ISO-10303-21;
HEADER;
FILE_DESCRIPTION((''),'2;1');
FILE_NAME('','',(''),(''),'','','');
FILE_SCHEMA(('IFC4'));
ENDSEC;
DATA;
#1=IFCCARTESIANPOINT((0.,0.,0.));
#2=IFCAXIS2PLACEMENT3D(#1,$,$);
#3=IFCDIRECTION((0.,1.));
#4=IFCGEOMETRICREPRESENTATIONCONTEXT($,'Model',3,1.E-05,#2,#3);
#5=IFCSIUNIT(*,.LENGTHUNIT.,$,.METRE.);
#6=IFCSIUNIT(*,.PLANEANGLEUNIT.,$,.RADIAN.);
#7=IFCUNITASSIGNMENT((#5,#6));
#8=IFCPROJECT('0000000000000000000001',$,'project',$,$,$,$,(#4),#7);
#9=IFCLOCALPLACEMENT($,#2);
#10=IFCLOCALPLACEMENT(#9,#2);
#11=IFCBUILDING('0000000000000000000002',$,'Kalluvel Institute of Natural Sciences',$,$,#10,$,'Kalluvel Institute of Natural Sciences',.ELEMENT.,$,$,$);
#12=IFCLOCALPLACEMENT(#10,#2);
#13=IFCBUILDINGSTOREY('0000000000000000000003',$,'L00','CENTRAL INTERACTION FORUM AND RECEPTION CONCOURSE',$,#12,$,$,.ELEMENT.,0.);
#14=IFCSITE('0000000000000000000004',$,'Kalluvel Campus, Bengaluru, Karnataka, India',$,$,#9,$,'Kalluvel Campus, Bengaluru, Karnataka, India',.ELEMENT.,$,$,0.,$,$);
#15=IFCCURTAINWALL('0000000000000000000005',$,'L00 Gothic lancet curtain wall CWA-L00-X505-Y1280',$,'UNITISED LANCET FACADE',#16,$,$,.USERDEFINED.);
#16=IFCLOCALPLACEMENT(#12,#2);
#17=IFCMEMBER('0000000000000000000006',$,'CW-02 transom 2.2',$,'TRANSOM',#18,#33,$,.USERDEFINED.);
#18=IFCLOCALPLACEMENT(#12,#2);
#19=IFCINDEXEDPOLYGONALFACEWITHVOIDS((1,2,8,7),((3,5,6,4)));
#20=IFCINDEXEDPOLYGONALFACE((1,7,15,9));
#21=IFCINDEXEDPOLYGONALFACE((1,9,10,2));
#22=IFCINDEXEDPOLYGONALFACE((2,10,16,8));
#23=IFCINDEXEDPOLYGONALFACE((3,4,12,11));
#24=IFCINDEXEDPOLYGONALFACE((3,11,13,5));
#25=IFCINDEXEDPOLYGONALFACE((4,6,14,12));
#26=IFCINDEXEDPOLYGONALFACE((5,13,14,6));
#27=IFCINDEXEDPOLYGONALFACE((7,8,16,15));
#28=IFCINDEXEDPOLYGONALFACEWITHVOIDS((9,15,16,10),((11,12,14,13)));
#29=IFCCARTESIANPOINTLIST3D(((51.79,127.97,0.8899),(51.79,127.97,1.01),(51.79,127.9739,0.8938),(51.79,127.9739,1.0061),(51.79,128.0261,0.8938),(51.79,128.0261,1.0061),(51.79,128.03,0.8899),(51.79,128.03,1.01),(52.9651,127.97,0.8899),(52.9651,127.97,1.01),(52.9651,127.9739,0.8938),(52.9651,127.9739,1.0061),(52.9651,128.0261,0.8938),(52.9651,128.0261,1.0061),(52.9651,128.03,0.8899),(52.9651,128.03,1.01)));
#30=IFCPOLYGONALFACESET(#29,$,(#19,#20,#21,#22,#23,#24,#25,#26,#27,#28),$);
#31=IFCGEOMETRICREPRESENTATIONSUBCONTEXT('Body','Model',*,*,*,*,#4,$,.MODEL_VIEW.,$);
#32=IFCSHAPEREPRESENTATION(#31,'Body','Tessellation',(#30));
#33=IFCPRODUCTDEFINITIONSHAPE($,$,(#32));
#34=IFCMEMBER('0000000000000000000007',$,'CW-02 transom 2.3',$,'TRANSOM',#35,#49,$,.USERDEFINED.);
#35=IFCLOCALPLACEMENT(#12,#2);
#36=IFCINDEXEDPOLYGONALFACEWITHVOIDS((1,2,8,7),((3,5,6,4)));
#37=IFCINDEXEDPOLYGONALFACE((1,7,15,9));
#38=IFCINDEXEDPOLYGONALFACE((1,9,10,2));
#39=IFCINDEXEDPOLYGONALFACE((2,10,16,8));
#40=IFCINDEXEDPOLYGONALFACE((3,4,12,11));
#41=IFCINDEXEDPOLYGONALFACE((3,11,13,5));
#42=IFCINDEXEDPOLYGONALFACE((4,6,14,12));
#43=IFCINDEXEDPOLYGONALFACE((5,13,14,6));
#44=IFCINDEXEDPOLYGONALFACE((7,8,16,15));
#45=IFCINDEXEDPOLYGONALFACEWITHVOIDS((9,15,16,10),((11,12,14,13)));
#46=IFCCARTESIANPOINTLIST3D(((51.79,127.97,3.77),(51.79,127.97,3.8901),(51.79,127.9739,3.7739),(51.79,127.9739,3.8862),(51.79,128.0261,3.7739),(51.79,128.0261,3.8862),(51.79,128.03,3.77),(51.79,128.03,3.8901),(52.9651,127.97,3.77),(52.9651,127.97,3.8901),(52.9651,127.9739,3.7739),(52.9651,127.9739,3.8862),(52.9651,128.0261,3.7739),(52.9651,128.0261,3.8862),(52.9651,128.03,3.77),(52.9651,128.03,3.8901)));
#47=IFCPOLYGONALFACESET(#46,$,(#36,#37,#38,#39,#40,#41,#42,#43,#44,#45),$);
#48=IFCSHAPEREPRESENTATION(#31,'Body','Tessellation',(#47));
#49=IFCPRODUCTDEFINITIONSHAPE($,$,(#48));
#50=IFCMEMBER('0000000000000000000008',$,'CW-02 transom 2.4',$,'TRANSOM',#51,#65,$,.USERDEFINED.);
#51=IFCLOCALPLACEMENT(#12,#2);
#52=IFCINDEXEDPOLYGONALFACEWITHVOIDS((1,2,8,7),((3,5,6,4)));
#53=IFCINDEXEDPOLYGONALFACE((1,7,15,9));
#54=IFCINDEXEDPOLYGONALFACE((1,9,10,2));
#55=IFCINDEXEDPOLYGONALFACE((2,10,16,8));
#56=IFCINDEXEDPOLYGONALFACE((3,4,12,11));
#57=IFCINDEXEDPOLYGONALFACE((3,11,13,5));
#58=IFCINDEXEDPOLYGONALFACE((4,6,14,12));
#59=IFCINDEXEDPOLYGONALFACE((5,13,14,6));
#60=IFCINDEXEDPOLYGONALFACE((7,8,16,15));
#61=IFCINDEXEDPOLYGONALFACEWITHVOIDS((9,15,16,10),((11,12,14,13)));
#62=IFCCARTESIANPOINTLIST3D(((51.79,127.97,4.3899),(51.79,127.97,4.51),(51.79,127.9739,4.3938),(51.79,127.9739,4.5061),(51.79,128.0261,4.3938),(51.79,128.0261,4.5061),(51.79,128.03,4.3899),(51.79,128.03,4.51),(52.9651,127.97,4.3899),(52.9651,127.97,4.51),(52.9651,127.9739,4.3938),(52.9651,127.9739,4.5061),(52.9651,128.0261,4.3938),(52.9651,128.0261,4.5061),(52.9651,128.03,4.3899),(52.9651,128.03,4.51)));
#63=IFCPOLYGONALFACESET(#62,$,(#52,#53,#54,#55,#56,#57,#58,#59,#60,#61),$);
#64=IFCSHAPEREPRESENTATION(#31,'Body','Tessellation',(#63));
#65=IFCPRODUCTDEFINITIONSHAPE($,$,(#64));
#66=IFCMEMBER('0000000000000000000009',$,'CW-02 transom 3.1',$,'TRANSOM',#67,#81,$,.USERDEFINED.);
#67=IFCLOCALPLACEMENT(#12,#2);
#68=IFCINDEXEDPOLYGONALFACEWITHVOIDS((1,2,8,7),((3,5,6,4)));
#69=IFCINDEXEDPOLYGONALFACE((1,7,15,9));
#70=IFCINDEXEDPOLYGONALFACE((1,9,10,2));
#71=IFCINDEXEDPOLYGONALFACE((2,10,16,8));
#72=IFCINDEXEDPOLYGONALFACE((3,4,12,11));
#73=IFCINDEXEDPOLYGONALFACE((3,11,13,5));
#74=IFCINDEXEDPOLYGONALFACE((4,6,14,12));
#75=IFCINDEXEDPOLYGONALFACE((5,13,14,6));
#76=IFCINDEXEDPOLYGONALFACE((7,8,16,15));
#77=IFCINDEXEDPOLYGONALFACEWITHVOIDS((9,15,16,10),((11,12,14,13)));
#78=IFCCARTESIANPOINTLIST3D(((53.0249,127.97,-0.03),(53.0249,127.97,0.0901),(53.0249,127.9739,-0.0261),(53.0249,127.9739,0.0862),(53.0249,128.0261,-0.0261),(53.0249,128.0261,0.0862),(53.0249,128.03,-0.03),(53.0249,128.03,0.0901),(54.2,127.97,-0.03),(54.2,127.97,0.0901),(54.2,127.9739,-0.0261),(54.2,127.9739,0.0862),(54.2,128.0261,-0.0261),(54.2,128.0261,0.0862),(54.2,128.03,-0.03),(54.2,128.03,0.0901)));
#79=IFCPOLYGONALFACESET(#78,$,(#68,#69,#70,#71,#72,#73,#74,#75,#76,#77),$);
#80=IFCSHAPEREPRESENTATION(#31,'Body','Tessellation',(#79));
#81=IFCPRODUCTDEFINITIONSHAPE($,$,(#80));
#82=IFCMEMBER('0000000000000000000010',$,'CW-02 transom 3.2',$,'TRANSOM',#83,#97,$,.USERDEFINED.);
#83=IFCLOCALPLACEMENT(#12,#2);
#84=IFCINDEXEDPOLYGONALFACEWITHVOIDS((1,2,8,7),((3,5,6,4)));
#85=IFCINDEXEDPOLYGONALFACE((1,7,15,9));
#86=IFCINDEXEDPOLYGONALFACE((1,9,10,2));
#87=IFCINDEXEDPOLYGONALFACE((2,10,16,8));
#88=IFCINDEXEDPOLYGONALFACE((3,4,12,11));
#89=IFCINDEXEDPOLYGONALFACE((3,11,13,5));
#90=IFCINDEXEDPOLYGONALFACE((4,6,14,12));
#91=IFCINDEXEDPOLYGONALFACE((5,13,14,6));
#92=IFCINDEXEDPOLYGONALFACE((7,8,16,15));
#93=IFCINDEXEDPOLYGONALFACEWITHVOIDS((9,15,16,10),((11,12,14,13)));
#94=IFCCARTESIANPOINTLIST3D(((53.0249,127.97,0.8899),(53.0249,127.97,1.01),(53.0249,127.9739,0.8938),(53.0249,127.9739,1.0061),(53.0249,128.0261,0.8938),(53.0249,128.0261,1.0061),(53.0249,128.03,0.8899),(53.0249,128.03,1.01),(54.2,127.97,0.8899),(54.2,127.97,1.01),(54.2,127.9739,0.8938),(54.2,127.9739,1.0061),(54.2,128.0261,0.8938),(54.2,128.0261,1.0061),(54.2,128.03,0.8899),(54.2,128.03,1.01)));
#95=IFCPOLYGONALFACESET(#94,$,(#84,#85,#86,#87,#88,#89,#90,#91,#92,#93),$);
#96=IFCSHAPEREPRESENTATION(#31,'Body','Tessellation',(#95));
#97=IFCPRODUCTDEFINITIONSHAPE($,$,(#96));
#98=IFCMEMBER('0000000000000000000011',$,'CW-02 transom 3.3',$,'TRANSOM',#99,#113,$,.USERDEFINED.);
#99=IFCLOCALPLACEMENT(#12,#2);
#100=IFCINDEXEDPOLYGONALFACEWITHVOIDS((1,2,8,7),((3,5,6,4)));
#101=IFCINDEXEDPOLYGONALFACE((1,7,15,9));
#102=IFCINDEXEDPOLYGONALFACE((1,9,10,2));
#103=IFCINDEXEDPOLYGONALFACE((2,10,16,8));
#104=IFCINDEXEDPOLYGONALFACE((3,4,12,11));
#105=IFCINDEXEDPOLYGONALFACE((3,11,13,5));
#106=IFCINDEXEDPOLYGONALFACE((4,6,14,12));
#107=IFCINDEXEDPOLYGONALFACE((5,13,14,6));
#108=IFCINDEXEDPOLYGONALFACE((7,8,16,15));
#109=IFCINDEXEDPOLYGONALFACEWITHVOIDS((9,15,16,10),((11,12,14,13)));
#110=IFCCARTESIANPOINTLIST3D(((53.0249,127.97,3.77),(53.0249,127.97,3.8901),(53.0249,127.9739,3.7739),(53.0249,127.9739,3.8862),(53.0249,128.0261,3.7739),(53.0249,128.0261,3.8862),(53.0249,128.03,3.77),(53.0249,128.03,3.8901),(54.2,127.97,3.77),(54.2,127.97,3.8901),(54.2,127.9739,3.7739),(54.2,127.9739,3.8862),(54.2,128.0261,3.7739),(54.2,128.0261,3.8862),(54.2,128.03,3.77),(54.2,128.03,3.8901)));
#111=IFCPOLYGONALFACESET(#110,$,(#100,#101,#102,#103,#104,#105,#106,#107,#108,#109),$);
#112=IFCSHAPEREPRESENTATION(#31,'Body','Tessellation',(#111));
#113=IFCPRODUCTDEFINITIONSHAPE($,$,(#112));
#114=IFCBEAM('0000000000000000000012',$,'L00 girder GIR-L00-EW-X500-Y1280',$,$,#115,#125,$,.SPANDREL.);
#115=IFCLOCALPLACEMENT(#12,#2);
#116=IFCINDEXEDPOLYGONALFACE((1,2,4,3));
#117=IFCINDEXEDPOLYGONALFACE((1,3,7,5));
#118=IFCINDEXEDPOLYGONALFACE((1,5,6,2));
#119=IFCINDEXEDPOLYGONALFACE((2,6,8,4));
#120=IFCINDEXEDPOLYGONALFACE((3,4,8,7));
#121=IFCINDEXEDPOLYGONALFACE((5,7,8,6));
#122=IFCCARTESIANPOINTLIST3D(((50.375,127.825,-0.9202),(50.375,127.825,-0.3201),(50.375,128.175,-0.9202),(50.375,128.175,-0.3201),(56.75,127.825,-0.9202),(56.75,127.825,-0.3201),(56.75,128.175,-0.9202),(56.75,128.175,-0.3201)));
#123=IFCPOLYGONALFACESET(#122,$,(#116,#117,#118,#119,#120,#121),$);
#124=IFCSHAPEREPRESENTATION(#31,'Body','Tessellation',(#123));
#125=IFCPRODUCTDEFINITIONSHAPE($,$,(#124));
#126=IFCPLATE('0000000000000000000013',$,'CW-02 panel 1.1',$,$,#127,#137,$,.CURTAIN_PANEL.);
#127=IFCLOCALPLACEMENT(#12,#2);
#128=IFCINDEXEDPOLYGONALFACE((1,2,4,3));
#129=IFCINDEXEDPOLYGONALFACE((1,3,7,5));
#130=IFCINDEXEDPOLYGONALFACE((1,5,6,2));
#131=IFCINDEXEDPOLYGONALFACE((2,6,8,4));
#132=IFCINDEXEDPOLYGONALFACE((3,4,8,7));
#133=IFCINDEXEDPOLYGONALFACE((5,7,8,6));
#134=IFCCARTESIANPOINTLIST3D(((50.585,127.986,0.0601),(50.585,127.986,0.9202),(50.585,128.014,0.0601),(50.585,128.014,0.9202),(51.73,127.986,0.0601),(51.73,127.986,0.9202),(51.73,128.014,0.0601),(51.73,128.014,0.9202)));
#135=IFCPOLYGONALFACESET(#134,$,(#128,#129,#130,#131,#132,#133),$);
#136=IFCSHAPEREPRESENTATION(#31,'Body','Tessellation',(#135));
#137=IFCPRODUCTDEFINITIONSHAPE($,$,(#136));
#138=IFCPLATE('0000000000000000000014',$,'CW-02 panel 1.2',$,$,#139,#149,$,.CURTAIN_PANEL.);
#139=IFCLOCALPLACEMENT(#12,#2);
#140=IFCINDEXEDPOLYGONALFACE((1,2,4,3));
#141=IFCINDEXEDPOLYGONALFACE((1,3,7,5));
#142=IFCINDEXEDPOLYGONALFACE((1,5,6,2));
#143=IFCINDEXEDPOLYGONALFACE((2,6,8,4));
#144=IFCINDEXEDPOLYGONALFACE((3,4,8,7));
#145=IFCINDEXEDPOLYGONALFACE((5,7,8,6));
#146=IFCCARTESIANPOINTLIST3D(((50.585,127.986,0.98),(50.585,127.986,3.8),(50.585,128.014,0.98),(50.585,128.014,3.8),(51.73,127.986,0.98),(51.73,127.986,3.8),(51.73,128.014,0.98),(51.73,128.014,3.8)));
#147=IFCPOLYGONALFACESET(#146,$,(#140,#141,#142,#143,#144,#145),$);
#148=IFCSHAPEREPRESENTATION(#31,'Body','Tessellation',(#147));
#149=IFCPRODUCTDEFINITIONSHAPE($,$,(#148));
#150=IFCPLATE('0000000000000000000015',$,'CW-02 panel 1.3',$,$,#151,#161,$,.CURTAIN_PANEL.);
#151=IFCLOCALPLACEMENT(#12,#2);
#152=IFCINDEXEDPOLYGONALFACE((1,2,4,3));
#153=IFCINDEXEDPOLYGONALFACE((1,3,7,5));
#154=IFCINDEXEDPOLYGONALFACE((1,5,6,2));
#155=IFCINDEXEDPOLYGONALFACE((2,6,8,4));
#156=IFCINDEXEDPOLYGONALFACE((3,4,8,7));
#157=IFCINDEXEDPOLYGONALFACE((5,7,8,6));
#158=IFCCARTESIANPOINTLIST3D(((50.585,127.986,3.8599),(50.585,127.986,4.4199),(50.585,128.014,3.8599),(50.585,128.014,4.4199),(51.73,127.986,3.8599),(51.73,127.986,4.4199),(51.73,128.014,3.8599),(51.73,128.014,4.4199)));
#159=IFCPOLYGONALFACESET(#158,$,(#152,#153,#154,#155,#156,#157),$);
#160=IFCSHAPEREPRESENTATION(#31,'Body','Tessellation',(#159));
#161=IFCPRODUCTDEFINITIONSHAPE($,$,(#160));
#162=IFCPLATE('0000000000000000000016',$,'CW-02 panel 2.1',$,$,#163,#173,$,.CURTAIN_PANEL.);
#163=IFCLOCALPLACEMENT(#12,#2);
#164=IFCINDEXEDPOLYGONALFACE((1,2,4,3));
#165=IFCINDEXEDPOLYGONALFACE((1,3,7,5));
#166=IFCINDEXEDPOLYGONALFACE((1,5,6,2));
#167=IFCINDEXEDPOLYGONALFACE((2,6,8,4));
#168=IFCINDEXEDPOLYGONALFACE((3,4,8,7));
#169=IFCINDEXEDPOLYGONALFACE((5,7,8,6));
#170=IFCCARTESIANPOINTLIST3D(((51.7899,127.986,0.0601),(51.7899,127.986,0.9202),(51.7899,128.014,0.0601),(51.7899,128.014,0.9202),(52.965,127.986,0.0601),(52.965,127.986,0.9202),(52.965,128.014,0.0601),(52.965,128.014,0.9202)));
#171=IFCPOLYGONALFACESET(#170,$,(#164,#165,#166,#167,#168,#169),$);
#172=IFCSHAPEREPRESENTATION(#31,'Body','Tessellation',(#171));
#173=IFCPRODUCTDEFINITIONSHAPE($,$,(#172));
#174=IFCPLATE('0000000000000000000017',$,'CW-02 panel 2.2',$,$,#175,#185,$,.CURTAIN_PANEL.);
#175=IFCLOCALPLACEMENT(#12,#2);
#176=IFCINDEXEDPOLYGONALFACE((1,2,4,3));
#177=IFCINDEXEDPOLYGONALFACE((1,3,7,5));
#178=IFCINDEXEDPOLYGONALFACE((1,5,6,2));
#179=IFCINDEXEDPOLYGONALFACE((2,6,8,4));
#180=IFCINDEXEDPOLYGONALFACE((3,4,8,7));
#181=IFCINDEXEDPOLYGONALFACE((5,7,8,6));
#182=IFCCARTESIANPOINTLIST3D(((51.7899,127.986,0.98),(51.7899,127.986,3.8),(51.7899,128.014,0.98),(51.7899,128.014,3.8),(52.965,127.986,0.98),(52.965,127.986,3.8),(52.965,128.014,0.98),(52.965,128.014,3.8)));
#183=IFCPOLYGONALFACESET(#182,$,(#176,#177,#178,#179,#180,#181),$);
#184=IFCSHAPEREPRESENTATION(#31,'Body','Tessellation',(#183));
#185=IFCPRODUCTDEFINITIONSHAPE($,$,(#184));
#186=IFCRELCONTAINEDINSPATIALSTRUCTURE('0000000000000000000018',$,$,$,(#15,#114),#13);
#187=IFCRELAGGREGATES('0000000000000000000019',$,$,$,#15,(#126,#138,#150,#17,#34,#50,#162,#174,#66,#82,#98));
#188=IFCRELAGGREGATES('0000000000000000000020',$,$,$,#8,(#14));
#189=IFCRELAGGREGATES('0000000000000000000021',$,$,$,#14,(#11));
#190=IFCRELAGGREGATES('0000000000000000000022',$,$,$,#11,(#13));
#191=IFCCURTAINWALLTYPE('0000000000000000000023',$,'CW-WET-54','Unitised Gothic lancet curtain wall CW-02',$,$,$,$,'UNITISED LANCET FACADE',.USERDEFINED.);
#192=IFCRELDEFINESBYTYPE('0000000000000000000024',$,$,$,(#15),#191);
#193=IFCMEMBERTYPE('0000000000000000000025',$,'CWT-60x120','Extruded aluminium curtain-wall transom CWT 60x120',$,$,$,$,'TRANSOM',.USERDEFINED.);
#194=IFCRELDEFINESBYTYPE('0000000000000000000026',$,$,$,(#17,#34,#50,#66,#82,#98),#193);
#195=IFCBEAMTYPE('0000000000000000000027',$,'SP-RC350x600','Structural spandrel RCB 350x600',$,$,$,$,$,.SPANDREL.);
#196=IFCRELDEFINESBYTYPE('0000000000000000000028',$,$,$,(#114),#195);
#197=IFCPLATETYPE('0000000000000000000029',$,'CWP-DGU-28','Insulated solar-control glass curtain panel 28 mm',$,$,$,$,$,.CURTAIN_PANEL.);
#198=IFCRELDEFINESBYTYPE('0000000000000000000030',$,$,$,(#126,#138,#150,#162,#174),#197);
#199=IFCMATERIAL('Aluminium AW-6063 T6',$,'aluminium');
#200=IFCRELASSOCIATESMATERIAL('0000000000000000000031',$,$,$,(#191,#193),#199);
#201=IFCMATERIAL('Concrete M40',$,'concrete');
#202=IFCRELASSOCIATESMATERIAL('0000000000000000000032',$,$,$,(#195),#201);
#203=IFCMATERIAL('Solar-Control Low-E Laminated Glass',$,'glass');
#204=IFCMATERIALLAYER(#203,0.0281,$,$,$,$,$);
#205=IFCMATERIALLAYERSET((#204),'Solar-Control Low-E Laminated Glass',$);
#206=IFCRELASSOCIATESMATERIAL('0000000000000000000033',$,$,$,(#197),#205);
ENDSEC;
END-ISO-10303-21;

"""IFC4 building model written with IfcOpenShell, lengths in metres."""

from ifc_helpers import new_model, si_unit, direction, frame, origin, origin_2d, place, context, subcontext, project, spatial, rectangle, hollow_rectangle, extrude, material, layer, layer_set, material_profile, profile_set, type_object, element, aggregate, save


model = new_model("IFC4")

# Units and contexts
model_context = context("Model", 3, precision=1e-05, world=origin(), true_north=direction((0.0, 1.0)))
body_context = subcontext(model_context, "Body", "Model", "MODEL_VIEW")
ifc_project = project(units=[si_unit("LENGTHUNIT", "METRE"), si_unit("PLANEANGLEUNIT", "RADIAN")], contexts=[model_context])

# Site, building, storey
site_placement = place(None, origin())
site = spatial("IfcSite", under=ifc_project, at=site_placement, Name="Kalluvel Campus, Bengaluru, Karnataka, India", LongName="Kalluvel Campus, Bengaluru, Karnataka, India", CompositionType="ELEMENT", RefElevation=0.0)
building_placement = place(site_placement, origin())
building = spatial("IfcBuilding", under=site, at=building_placement, Name="Kalluvel Institute of Natural Sciences", LongName="Kalluvel Institute of Natural Sciences", CompositionType="ELEMENT")
storey_placement = place(building_placement, origin())
storey = spatial("IfcBuildingStorey", under=building, at=storey_placement, Name="L00", Description="CENTRAL INTERACTION FORUM AND RECEPTION CONCOURSE", CompositionType="ELEMENT", Elevation=0.0)

# Curtain wall, members
ifc_material_1 = material(Name="Aluminium AW-6063 T6", Category="aluminium")
curtain_wall_type = type_object("IfcCurtainWallType", Name="CW-WET-54", Description="Unitised Gothic lancet curtain wall CW-02", ElementType="UNITISED LANCET FACADE", PredefinedType="USERDEFINED", material=ifc_material_1)
curtain_wall_placement = place(storey_placement, origin())
curtain_wall = element("IfcCurtainWall", 1, at=curtain_wall_placement, inside=storey, type_object=curtain_wall_type, Name="L00 Gothic lancet curtain wall CWA-L00-X505-Y1280", ObjectType="UNITISED LANCET FACADE", PredefinedType="USERDEFINED")
ifc_material_profile_1 = material_profile(ifc_material_1, hollow_rectangle(XDim=0.0601, YDim=0.1201, WallThickness=0.0039, at=origin_2d()), Name="CWT 60x120")
ifc_profile_set_1 = profile_set([ifc_material_profile_1], Name="Aluminium AW-6063 T6")
member_type_1 = type_object("IfcMemberType", Name="CWT-60x120", Description="Extruded aluminium curtain-wall transom CWT 60x120", ElementType="TRANSOM", PredefinedType="USERDEFINED", material=ifc_profile_set_1)
member_1_placement = place(storey_placement, frame((51.79, 128.0, 0.95), z_axis=(1.0, 0.0, 0.0), x_axis=(0.0, 1.0, 0.0)))
member_1 = element("IfcMember", 2, at=member_1_placement, type_object=member_type_1, Name="CW-02 transom 2.2", ObjectType="TRANSOM", PredefinedType="USERDEFINED", context=body_context, shape_type="SweptSolid", body=[
    extrude(hollow_rectangle(XDim=0.0601, YDim=0.1201, WallThickness=0.0039, at=origin_2d()), origin(), (0.0, 0.0, 1.0), 1.175),
])
member_2_placement = place(storey_placement, frame((51.79, 128.0, 3.8301), z_axis=(1.0, 0.0, 0.0), x_axis=(0.0, 1.0, 0.0)))
member_2 = element("IfcMember", 3, at=member_2_placement, type_object=member_type_1, Name="CW-02 transom 2.3", ObjectType="TRANSOM", PredefinedType="USERDEFINED", context=body_context, shape_type="SweptSolid", body=[
    extrude(hollow_rectangle(XDim=0.0601, YDim=0.1201, WallThickness=0.0039, at=origin_2d()), origin(), (0.0, 0.0, 1.0), 1.175),
])
member_3_placement = place(storey_placement, frame((51.79, 128.0, 4.45), z_axis=(1.0, 0.0, 0.0), x_axis=(0.0, 1.0, 0.0)))
member_3 = element("IfcMember", 4, at=member_3_placement, type_object=member_type_1, Name="CW-02 transom 2.4", ObjectType="TRANSOM", PredefinedType="USERDEFINED", context=body_context, shape_type="SweptSolid", body=[
    extrude(hollow_rectangle(XDim=0.0601, YDim=0.1201, WallThickness=0.0039, at=origin_2d()), origin(), (0.0, 0.0, 1.0), 1.175),
])
member_4_placement = place(storey_placement, frame((53.0249, 128.0, 0.03), z_axis=(1.0, 0.0, 0.0), x_axis=(0.0, 1.0, 0.0)))
member_4 = element("IfcMember", 5, at=member_4_placement, type_object=member_type_1, Name="CW-02 transom 3.1", ObjectType="TRANSOM", PredefinedType="USERDEFINED", context=body_context, shape_type="SweptSolid", body=[
    extrude(hollow_rectangle(XDim=0.0601, YDim=0.1201, WallThickness=0.0039, at=origin_2d()), origin(), (0.0, 0.0, 1.0), 1.175),
])
member_5_placement = place(storey_placement, frame((53.0249, 128.0, 0.95), z_axis=(1.0, 0.0, 0.0), x_axis=(0.0, 1.0, 0.0)))
member_5 = element("IfcMember", 6, at=member_5_placement, type_object=member_type_1, Name="CW-02 transom 3.2", ObjectType="TRANSOM", PredefinedType="USERDEFINED", context=body_context, shape_type="SweptSolid", body=[
    extrude(hollow_rectangle(XDim=0.0601, YDim=0.1201, WallThickness=0.0039, at=origin_2d()), origin(), (0.0, 0.0, 1.0), 1.175),
])
member_6_placement = place(storey_placement, frame((53.0249, 128.0, 3.8301), z_axis=(1.0, 0.0, 0.0), x_axis=(0.0, 1.0, 0.0)))
member_6 = element("IfcMember", 7, at=member_6_placement, type_object=member_type_1, Name="CW-02 transom 3.3", ObjectType="TRANSOM", PredefinedType="USERDEFINED", context=body_context, shape_type="SweptSolid", body=[
    extrude(hollow_rectangle(XDim=0.0601, YDim=0.1201, WallThickness=0.0039, at=origin_2d()), origin(), (0.0, 0.0, 1.0), 1.175),
])

# Beam
ifc_material_2 = material(Name="Concrete M40", Category="concrete")
ifc_material_profile_2 = material_profile(ifc_material_2, rectangle(XDim=0.3501, YDim=0.6001, at=origin_2d()), Name="RCB 350x600")
ifc_profile_set_2 = profile_set([ifc_material_profile_2], Name="Concrete M40")
beam_type_1 = type_object("IfcBeamType", Name="SP-RC350x600", Description="Structural spandrel RCB 350x600", PredefinedType="SPANDREL", material=ifc_profile_set_2)
beam_1_placement = place(storey_placement, frame((50.375, 128.0, -0.6201), z_axis=(1.0, 0.0, 0.0), x_axis=(0.0, 1.0, 0.0)))
element("IfcBeam", 8, at=beam_1_placement, inside=storey, type_object=beam_type_1, Name="L00 girder GIR-L00-EW-X500-Y1280", PredefinedType="SPANDREL", context=body_context, shape_type="SweptSolid", body=[
    extrude(rectangle(XDim=0.3501, YDim=0.6001, at=origin_2d()), origin(), (0.0, 0.0, 1.0), 6.375),
])

# Plates
ifc_material_3 = material(Name="Solar-Control Low-E Laminated Glass", Category="glass")
ifc_layer = layer(ifc_material_3, 0.0281)
ifc_layer_set = layer_set([ifc_layer], Name="Solar-Control Low-E Laminated Glass")
plate_type = type_object("IfcPlateType", Name="CWP-DGU-28", Description="Insulated solar-control glass curtain panel 28 mm", PredefinedType="CURTAIN_PANEL", material=ifc_layer_set)
plate_1_placement = place(storey_placement, frame((51.1575, 128.0, 0.0601), z_axis=(0.0, 0.0, 1.0), x_axis=(1.0, 0.0, 0.0)))
plate_1 = element("IfcPlate", 9, at=plate_1_placement, type_object=plate_type, Name="CW-02 panel 1.1", PredefinedType="CURTAIN_PANEL", context=body_context, shape_type="SweptSolid", body=[
    extrude(rectangle(XDim=1.145, YDim=0.0281, at=origin_2d()), origin(), (0.0, 0.0, 1.0), 0.8601),
])
plate_2_placement = place(storey_placement, frame((51.1575, 128.0, 0.98), z_axis=(0.0, 0.0, 1.0), x_axis=(1.0, 0.0, 0.0)))
plate_2 = element("IfcPlate", 10, at=plate_2_placement, type_object=plate_type, Name="CW-02 panel 1.2", PredefinedType="CURTAIN_PANEL", context=body_context, shape_type="SweptSolid", body=[
    extrude(rectangle(XDim=1.145, YDim=0.0281, at=origin_2d()), origin(), (0.0, 0.0, 1.0), 2.8201),
])
plate_3_placement = place(storey_placement, frame((51.1575, 128.0, 3.8599), z_axis=(0.0, 0.0, 1.0), x_axis=(1.0, 0.0, 0.0)))
plate_3 = element("IfcPlate", 11, at=plate_3_placement, type_object=plate_type, Name="CW-02 panel 1.3", PredefinedType="CURTAIN_PANEL", context=body_context, shape_type="SweptSolid", body=[
    extrude(rectangle(XDim=1.145, YDim=0.0281, at=origin_2d()), origin(), (0.0, 0.0, 1.0), 0.5601),
])
plate_4_placement = place(storey_placement, frame((52.3774, 128.0, 0.0601), z_axis=(0.0, 0.0, 1.0), x_axis=(1.0, 0.0, 0.0)))
plate_4 = element("IfcPlate", 12, at=plate_4_placement, type_object=plate_type, Name="CW-02 panel 2.1", PredefinedType="CURTAIN_PANEL", context=body_context, shape_type="SweptSolid", body=[
    extrude(rectangle(XDim=1.175, YDim=0.0281, at=origin_2d()), origin(), (0.0, 0.0, 1.0), 0.8601),
])
plate_5_placement = place(storey_placement, frame((52.3774, 128.0, 0.98), z_axis=(0.0, 0.0, 1.0), x_axis=(1.0, 0.0, 0.0)))
plate_5 = element("IfcPlate", 13, at=plate_5_placement, type_object=plate_type, Name="CW-02 panel 2.2", PredefinedType="CURTAIN_PANEL", context=body_context, shape_type="SweptSolid", body=[
    extrude(rectangle(XDim=1.175, YDim=0.0281, at=origin_2d()), origin(), (0.0, 0.0, 1.0), 2.8201),
])
aggregate(curtain_wall, [plate_1, plate_2, plate_3, member_1, member_2, member_3, plate_4, plate_5, member_4, member_5, member_6])

save(model, "model.ifc")
